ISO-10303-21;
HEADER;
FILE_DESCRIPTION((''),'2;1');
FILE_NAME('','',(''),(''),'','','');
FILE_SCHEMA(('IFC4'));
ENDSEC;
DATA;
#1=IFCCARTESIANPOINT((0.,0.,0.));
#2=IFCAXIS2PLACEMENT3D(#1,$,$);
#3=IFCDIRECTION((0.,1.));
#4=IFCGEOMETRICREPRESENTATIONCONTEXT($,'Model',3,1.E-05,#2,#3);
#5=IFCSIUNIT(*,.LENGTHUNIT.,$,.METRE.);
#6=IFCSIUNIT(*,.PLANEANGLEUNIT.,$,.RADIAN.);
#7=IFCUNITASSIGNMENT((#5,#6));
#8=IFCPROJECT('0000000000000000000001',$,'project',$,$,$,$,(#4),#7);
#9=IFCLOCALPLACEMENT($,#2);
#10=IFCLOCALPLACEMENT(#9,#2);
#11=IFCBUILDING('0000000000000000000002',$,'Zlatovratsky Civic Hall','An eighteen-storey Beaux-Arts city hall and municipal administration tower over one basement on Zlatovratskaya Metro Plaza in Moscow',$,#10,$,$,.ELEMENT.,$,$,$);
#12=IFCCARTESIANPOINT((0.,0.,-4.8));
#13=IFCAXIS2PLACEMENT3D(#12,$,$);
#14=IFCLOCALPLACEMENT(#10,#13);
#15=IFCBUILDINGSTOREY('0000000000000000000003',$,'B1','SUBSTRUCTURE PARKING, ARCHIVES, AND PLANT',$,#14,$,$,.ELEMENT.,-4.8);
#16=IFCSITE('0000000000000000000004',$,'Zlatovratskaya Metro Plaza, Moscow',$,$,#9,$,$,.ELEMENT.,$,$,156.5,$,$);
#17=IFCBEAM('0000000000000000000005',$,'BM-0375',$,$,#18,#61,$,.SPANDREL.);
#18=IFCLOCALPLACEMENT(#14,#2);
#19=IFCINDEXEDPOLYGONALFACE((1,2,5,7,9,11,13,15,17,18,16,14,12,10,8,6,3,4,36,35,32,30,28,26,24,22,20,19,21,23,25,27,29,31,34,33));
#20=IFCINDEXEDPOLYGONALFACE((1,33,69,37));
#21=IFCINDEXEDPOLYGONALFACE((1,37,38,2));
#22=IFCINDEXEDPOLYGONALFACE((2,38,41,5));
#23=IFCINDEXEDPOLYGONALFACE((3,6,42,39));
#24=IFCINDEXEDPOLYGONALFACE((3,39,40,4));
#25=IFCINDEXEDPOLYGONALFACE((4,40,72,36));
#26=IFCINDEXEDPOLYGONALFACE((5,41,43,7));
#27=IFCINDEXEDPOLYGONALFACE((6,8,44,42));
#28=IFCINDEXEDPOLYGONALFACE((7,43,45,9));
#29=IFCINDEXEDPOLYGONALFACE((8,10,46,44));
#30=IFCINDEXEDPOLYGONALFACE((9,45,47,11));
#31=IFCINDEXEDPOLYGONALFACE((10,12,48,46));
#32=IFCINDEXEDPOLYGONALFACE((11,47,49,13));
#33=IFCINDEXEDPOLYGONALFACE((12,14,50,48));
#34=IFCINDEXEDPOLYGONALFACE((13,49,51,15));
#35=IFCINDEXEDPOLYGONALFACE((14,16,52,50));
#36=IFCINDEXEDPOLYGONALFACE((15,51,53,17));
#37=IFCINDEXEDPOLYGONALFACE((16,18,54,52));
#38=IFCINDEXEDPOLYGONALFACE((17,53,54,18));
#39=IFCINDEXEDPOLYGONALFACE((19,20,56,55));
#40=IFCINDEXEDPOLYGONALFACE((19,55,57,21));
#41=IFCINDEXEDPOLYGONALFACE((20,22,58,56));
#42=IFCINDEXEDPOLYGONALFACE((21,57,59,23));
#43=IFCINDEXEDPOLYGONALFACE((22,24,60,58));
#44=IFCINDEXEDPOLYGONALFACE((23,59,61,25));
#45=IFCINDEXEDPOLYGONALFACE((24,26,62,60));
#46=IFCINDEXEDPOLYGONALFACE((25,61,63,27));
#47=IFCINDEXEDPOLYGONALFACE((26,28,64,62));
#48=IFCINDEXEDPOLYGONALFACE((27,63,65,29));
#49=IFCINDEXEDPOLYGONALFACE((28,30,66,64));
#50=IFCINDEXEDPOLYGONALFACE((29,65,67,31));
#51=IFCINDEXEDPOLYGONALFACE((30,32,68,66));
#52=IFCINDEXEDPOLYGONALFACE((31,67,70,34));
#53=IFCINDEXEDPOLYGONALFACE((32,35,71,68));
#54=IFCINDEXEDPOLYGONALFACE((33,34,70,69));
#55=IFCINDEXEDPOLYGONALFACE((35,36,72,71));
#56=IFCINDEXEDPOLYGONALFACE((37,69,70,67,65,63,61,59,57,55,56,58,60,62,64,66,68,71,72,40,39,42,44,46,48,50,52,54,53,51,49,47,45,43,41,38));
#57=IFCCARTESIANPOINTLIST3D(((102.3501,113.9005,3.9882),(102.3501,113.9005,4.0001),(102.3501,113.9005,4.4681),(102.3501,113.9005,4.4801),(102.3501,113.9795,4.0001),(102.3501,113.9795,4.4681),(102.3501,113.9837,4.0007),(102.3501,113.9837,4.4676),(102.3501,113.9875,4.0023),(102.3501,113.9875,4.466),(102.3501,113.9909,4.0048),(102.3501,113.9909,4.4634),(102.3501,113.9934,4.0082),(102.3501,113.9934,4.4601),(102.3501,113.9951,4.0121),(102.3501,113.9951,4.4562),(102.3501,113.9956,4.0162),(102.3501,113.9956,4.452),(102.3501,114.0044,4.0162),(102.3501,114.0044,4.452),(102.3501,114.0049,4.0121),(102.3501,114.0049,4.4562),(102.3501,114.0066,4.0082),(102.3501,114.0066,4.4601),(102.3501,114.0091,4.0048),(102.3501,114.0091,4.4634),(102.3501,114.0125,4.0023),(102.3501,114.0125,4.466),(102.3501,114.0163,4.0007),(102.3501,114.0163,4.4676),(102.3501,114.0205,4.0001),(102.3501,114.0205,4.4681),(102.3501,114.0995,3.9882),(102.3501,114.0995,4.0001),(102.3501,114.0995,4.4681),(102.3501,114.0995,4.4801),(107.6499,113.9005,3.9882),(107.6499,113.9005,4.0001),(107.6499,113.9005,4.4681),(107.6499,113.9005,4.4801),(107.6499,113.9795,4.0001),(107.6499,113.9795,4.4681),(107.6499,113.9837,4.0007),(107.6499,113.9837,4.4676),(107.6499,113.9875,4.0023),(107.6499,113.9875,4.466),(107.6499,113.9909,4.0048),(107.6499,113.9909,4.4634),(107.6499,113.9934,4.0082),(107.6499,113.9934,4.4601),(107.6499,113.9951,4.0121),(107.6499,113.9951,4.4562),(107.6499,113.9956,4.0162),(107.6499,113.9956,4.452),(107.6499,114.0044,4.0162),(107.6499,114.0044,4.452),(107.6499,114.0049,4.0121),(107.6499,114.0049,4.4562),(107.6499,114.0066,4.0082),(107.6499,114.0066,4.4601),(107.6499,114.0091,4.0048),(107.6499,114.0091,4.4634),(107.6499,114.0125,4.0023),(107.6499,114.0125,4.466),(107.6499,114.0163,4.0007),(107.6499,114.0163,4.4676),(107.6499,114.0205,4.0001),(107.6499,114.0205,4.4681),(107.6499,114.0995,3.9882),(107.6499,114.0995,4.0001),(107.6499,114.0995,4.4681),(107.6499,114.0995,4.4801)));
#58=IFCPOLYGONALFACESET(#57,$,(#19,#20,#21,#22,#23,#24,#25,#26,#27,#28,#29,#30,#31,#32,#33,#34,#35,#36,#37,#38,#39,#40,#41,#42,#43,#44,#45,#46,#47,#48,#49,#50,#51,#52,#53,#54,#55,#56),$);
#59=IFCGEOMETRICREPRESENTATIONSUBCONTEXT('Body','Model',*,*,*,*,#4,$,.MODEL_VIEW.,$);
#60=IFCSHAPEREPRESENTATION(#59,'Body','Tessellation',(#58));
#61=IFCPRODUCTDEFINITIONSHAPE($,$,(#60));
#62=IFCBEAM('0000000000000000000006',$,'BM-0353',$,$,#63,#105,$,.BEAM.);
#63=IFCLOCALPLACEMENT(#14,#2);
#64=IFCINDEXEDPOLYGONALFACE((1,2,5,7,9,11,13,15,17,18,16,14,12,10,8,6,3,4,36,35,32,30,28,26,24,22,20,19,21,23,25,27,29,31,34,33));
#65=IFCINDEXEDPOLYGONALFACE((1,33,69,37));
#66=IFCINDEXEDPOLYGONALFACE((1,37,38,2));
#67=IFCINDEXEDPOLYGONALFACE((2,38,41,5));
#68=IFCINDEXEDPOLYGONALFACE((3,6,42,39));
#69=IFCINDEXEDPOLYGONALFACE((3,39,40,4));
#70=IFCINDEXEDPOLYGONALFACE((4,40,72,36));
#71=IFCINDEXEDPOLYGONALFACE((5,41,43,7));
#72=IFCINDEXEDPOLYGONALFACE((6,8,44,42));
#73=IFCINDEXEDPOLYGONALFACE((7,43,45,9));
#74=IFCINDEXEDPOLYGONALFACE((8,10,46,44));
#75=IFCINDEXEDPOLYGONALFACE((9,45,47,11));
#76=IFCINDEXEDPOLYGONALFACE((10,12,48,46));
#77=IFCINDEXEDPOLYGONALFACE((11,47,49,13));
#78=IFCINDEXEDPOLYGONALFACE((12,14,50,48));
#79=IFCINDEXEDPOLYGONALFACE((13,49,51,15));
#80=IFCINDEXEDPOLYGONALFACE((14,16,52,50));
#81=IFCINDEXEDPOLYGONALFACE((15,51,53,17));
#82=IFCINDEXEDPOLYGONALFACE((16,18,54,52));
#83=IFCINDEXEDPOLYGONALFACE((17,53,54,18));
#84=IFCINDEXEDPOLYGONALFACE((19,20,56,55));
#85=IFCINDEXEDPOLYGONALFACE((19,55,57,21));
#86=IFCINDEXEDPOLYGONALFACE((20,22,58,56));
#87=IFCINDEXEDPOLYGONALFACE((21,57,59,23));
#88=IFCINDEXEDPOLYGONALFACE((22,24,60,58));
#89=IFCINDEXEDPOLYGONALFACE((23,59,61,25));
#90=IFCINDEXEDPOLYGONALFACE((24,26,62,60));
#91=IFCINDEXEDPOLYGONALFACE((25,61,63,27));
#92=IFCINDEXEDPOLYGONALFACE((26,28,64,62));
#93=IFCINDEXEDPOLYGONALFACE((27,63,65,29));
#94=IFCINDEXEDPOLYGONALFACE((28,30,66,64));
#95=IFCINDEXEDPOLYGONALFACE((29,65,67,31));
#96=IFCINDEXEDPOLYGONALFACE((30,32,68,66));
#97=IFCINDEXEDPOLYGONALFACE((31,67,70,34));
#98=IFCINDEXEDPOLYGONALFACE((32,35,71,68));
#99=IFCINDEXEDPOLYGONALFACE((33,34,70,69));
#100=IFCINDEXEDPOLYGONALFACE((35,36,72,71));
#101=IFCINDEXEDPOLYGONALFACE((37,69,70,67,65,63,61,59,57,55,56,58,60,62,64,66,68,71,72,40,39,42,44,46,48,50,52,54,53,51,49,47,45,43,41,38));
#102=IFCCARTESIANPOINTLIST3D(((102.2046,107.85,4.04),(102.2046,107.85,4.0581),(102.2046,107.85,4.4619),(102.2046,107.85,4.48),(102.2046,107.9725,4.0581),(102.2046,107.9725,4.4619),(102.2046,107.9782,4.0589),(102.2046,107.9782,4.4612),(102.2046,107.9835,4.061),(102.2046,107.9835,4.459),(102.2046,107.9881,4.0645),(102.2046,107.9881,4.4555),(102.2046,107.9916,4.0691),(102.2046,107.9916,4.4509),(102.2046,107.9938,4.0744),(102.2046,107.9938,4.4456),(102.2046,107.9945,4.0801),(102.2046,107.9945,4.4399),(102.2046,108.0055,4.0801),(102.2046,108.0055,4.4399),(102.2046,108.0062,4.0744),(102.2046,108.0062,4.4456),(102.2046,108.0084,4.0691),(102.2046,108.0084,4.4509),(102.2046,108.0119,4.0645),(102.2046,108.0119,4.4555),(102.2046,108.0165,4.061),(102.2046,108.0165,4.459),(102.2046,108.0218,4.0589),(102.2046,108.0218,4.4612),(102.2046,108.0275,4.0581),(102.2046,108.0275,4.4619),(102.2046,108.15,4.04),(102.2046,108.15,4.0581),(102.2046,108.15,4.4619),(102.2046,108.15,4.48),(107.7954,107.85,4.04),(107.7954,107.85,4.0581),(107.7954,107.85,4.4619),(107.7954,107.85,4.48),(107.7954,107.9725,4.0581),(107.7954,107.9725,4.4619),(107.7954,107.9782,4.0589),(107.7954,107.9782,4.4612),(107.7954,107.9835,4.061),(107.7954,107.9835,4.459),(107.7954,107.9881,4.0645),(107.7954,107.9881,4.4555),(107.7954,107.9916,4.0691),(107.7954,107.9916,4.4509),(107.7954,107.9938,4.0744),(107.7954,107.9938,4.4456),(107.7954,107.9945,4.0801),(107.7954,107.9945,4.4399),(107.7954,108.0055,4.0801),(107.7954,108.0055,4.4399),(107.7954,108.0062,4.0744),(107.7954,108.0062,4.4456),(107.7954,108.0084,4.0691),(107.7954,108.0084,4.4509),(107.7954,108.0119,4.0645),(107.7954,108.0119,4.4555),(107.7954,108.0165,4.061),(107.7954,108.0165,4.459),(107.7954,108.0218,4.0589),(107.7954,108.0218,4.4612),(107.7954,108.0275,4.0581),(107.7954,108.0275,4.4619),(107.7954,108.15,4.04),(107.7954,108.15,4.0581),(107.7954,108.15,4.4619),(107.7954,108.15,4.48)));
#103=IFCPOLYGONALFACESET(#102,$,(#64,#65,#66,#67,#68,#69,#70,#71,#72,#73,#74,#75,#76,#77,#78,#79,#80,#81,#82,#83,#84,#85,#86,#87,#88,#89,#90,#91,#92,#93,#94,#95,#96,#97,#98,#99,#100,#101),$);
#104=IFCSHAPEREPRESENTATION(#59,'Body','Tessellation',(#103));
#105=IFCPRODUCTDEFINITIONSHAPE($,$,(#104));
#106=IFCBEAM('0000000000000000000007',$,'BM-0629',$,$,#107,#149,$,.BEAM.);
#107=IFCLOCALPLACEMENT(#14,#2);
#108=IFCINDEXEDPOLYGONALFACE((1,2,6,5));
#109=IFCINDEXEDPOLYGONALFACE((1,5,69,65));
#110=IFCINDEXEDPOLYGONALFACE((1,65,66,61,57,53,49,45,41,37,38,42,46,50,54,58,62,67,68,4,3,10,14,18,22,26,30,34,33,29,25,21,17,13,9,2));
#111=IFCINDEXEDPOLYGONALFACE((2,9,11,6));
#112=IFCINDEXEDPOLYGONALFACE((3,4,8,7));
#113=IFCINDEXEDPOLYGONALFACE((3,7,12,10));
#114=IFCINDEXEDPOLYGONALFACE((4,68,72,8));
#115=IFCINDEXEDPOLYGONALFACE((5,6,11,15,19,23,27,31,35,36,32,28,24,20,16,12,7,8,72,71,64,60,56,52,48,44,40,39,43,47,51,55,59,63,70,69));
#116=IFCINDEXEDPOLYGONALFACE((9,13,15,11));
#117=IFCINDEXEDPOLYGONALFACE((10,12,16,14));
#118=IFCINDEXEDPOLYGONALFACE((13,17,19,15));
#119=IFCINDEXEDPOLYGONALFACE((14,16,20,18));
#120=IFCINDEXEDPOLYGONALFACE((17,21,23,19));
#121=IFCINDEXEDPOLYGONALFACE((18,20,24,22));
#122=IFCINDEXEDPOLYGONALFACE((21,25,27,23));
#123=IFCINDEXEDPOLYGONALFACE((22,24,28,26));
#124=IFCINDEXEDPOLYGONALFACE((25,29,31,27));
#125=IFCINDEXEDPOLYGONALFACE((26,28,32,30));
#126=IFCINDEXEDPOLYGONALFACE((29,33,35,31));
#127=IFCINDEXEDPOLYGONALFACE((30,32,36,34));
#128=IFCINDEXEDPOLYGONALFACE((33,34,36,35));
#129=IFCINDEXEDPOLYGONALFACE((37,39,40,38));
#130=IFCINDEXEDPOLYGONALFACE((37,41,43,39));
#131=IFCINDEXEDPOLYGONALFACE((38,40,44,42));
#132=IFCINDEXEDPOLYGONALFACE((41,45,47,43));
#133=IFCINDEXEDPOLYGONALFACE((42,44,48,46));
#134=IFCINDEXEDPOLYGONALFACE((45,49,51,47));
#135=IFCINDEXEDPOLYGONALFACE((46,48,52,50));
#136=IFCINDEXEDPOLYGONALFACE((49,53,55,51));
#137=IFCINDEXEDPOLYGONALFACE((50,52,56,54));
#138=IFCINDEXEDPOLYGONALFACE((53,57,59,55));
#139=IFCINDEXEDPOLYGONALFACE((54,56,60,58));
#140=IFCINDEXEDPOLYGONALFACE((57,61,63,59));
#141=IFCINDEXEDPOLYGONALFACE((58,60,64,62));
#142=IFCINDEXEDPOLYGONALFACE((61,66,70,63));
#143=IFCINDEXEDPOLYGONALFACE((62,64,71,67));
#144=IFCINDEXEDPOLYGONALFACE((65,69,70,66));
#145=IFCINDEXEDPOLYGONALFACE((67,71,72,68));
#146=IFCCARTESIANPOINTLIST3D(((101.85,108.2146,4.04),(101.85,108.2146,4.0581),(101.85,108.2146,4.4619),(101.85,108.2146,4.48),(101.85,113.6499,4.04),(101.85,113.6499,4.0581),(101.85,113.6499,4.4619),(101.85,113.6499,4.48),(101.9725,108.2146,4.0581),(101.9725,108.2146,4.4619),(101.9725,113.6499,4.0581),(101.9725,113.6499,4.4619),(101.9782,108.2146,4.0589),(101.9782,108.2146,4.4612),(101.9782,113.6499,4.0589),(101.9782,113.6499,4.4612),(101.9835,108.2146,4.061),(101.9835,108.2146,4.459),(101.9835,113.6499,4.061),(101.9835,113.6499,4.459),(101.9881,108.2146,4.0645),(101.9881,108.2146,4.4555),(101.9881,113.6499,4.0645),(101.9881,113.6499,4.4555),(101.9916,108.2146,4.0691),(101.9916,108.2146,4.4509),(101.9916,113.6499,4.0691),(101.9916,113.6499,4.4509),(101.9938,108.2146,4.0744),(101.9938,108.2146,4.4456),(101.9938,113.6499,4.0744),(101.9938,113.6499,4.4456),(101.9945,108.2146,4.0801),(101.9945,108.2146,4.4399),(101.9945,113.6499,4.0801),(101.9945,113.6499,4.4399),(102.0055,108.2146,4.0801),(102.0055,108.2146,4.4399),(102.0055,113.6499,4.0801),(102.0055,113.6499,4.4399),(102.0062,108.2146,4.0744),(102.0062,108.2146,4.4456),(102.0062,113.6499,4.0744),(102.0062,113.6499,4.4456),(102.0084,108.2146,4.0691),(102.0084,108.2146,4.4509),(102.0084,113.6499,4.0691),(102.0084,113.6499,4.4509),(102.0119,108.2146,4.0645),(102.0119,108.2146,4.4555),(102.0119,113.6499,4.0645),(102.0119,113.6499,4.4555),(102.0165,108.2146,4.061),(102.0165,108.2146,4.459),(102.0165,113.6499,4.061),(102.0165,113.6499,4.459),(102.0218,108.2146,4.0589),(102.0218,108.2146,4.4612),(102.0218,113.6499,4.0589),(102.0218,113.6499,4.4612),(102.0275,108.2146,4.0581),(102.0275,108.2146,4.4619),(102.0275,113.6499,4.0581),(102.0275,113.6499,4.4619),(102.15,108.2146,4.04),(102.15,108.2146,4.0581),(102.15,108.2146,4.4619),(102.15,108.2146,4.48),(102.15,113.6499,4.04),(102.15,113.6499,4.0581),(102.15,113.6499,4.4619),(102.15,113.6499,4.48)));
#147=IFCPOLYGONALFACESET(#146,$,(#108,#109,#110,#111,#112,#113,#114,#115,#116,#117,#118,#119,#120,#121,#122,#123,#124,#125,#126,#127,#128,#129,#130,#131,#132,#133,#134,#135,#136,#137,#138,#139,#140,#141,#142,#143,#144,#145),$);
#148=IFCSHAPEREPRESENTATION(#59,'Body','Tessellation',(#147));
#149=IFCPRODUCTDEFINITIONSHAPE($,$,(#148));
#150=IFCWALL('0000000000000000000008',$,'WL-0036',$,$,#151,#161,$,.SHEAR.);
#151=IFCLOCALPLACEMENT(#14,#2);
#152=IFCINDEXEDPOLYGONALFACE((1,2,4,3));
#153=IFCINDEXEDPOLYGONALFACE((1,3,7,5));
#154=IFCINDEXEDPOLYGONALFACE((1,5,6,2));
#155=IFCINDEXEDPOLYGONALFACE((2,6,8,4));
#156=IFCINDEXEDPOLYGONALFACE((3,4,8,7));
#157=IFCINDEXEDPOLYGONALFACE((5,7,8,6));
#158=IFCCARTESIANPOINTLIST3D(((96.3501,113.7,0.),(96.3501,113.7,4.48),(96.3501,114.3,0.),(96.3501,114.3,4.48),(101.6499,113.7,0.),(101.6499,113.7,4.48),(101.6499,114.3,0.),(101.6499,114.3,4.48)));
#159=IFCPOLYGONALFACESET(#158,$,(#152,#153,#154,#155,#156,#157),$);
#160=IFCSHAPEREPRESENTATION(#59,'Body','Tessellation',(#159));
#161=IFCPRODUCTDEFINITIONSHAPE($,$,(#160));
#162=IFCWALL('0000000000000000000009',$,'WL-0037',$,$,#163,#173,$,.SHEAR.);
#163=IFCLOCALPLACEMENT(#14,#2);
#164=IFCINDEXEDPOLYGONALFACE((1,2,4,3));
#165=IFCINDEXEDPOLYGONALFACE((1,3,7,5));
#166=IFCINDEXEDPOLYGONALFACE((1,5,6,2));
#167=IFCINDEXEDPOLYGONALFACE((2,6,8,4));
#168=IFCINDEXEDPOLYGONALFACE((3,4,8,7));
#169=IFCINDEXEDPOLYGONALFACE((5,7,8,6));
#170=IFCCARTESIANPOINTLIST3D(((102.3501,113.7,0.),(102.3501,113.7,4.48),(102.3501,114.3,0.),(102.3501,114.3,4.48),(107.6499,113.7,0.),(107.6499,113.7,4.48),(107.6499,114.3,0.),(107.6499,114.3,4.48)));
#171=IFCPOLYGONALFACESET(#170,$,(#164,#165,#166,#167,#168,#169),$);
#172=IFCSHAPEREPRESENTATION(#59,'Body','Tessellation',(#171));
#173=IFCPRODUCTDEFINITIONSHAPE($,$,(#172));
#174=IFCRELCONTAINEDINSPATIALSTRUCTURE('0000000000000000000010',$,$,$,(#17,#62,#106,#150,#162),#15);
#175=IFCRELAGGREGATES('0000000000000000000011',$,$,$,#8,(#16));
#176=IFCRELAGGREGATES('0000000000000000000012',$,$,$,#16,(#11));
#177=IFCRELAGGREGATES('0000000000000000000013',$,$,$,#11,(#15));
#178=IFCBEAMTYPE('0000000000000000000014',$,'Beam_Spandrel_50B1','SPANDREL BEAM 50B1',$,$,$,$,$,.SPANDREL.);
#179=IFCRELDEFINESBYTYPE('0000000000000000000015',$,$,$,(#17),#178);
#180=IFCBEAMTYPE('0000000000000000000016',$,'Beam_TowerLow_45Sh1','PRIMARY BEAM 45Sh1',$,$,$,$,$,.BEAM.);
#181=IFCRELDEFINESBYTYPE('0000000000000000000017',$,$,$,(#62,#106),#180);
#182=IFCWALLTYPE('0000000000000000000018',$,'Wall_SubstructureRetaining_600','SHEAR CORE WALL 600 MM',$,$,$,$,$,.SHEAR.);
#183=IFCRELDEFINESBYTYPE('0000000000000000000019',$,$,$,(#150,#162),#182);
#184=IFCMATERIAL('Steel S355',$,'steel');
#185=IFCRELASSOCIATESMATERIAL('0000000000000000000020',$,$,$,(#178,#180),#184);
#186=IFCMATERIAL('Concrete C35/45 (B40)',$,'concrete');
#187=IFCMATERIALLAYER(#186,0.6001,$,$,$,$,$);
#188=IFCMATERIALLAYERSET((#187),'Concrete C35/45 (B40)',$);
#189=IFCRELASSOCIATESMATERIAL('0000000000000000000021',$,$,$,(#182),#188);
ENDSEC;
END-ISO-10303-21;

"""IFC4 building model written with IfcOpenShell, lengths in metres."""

from ifc_helpers import new_model, si_unit, direction, frame, frame_2d, origin, origin_2d, place, context, subcontext, project, spatial, rectangle, i_section, extrude, material, layer, layer_set, material_profile, profile_set, type_object, element, save


model = new_model("IFC4")

# Units and contexts
model_context = context("Model", 3, precision=1e-05, world=origin(), true_north=direction((0.0, 1.0)))
body_context = subcontext(model_context, "Body", "Model", "MODEL_VIEW")
ifc_project = project(units=[si_unit("LENGTHUNIT", "METRE"), si_unit("PLANEANGLEUNIT", "RADIAN")], contexts=[model_context])

# Site, building, storey
site_placement = place(None, origin())
site = spatial("IfcSite", under=ifc_project, at=site_placement, Name="Zlatovratskaya Metro Plaza, Moscow", CompositionType="ELEMENT", RefElevation=156.5)
building_placement = place(site_placement, origin())
building = spatial("IfcBuilding", under=site, at=building_placement, Name="Zlatovratsky Civic Hall", Description="An eighteen-storey Beaux-Arts city hall and municipal administration tower over one basement on Zlatovratskaya Metro Plaza in Moscow", CompositionType="ELEMENT")
storey_placement = place(building_placement, frame((0.0, 0.0, -4.8)))
storey = spatial("IfcBuildingStorey", under=building, at=storey_placement, Name="B1", Description="SUBSTRUCTURE PARKING, ARCHIVES, AND PLANT", CompositionType="ELEMENT", Elevation=-4.8)

# Shared definitions
ifc_material_1 = material(Name="Concrete C35/45 (B40)", Category="concrete")
ifc_material_2 = material(Name="Steel S355", Category="steel")

# Beams
ifc_material_profile_1 = material_profile(ifc_material_2, i_section(OverallWidth=0.199, OverallDepth=0.4919, WebThickness=0.0088, FlangeThickness=0.012, FilletRadius=0.0161, at=origin_2d()), Name="50B1")
ifc_profile_set_1 = profile_set([ifc_material_profile_1], Name="Steel S355")
beam_type_1 = type_object("IfcBeamType", Name="Beam_Spandrel_50B1", Description="SPANDREL BEAM 50B1", PredefinedType="SPANDREL", material=ifc_profile_set_1)
beam_1_placement = place(storey_placement, frame((102.3501, 114.0, 4.2341), z_axis=(1.0, 0.0, 0.0), x_axis=(0.0, 1.0, 0.0)))
element("IfcBeam", 1, at=beam_1_placement, inside=storey, type_object=beam_type_1, Name="BM-0375", PredefinedType="SPANDREL", context=body_context, shape_type="SweptSolid", body=[
    extrude(i_section(OverallWidth=0.199, OverallDepth=0.4919, WebThickness=0.0088, FlangeThickness=0.012, FilletRadius=0.0161, at=origin_2d()), origin(), (0.0, 0.0, 1.0), 5.2998),
])
ifc_material_profile_2 = material_profile(ifc_material_2, i_section(OverallWidth=0.3, OverallDepth=0.4399, WebThickness=0.011, FlangeThickness=0.0181, FilletRadius=0.022, at=origin_2d()), Name="45Sh1")
ifc_profile_set_2 = profile_set([ifc_material_profile_2], Name="Steel S355")
beam_type_2 = type_object("IfcBeamType", Name="Beam_TowerLow_45Sh1", Description="PRIMARY BEAM 45Sh1", PredefinedType="BEAM", material=ifc_profile_set_2)
beam_2_placement = place(storey_placement, frame((102.2046, 108.0, 4.26), z_axis=(1.0, 0.0, 0.0), x_axis=(0.0, 1.0, 0.0)))
element("IfcBeam", 2, at=beam_2_placement, inside=storey, type_object=beam_type_2, Name="BM-0353", PredefinedType="BEAM", context=body_context, shape_type="SweptSolid", body=[
    extrude(i_section(OverallWidth=0.3, OverallDepth=0.4399, WebThickness=0.011, FlangeThickness=0.0181, FilletRadius=0.022, at=origin_2d()), origin(), (0.0, 0.0, 1.0), 5.5908),
])
beam_3_placement = place(storey_placement, frame((102.0, 108.2146, 4.26), z_axis=(0.0, 1.0, 0.0), x_axis=(-1.0, 0.0, 0.0)))
element("IfcBeam", 3, at=beam_3_placement, inside=storey, type_object=beam_type_2, Name="BM-0629", PredefinedType="BEAM", context=body_context, shape_type="SweptSolid", body=[
    extrude(i_section(OverallWidth=0.3, OverallDepth=0.4399, WebThickness=0.011, FlangeThickness=0.0181, FilletRadius=0.022, at=origin_2d()), origin(), (0.0, 0.0, 1.0), 5.4353),
])

# Walls
ifc_layer = layer(ifc_material_1, 0.6001)
ifc_layer_set = layer_set([ifc_layer], Name="Concrete C35/45 (B40)")
wall_type = type_object("IfcWallType", Name="Wall_SubstructureRetaining_600", Description="SHEAR CORE WALL 600 MM", PredefinedType="SHEAR", material=ifc_layer_set)
for number, where, z_axis, x_axis, name in (
    (4, (96.3501, 114.0, 0.0), (0.0, 0.0, 1.0), (1.0, 0.0, 0.0), "WL-0036"),
    (5, (102.3501, 114.0, 0.0), (0.0, 0.0, 1.0), (1.0, 0.0, 0.0), "WL-0037"),
):
    element("IfcWall", number, at=place(storey_placement, frame(where, z_axis=z_axis, x_axis=x_axis)), inside=storey, type_object=wall_type, Name=name, PredefinedType="SHEAR", context=body_context, shape_type="SweptSolid", body=[
        extrude(rectangle(XDim=5.2998, YDim=0.6001, at=frame_2d((2.6499, 0.0))), origin(), (0.0, 0.0, 1.0), 4.48),
    ])

save(model, "model.ifc")
